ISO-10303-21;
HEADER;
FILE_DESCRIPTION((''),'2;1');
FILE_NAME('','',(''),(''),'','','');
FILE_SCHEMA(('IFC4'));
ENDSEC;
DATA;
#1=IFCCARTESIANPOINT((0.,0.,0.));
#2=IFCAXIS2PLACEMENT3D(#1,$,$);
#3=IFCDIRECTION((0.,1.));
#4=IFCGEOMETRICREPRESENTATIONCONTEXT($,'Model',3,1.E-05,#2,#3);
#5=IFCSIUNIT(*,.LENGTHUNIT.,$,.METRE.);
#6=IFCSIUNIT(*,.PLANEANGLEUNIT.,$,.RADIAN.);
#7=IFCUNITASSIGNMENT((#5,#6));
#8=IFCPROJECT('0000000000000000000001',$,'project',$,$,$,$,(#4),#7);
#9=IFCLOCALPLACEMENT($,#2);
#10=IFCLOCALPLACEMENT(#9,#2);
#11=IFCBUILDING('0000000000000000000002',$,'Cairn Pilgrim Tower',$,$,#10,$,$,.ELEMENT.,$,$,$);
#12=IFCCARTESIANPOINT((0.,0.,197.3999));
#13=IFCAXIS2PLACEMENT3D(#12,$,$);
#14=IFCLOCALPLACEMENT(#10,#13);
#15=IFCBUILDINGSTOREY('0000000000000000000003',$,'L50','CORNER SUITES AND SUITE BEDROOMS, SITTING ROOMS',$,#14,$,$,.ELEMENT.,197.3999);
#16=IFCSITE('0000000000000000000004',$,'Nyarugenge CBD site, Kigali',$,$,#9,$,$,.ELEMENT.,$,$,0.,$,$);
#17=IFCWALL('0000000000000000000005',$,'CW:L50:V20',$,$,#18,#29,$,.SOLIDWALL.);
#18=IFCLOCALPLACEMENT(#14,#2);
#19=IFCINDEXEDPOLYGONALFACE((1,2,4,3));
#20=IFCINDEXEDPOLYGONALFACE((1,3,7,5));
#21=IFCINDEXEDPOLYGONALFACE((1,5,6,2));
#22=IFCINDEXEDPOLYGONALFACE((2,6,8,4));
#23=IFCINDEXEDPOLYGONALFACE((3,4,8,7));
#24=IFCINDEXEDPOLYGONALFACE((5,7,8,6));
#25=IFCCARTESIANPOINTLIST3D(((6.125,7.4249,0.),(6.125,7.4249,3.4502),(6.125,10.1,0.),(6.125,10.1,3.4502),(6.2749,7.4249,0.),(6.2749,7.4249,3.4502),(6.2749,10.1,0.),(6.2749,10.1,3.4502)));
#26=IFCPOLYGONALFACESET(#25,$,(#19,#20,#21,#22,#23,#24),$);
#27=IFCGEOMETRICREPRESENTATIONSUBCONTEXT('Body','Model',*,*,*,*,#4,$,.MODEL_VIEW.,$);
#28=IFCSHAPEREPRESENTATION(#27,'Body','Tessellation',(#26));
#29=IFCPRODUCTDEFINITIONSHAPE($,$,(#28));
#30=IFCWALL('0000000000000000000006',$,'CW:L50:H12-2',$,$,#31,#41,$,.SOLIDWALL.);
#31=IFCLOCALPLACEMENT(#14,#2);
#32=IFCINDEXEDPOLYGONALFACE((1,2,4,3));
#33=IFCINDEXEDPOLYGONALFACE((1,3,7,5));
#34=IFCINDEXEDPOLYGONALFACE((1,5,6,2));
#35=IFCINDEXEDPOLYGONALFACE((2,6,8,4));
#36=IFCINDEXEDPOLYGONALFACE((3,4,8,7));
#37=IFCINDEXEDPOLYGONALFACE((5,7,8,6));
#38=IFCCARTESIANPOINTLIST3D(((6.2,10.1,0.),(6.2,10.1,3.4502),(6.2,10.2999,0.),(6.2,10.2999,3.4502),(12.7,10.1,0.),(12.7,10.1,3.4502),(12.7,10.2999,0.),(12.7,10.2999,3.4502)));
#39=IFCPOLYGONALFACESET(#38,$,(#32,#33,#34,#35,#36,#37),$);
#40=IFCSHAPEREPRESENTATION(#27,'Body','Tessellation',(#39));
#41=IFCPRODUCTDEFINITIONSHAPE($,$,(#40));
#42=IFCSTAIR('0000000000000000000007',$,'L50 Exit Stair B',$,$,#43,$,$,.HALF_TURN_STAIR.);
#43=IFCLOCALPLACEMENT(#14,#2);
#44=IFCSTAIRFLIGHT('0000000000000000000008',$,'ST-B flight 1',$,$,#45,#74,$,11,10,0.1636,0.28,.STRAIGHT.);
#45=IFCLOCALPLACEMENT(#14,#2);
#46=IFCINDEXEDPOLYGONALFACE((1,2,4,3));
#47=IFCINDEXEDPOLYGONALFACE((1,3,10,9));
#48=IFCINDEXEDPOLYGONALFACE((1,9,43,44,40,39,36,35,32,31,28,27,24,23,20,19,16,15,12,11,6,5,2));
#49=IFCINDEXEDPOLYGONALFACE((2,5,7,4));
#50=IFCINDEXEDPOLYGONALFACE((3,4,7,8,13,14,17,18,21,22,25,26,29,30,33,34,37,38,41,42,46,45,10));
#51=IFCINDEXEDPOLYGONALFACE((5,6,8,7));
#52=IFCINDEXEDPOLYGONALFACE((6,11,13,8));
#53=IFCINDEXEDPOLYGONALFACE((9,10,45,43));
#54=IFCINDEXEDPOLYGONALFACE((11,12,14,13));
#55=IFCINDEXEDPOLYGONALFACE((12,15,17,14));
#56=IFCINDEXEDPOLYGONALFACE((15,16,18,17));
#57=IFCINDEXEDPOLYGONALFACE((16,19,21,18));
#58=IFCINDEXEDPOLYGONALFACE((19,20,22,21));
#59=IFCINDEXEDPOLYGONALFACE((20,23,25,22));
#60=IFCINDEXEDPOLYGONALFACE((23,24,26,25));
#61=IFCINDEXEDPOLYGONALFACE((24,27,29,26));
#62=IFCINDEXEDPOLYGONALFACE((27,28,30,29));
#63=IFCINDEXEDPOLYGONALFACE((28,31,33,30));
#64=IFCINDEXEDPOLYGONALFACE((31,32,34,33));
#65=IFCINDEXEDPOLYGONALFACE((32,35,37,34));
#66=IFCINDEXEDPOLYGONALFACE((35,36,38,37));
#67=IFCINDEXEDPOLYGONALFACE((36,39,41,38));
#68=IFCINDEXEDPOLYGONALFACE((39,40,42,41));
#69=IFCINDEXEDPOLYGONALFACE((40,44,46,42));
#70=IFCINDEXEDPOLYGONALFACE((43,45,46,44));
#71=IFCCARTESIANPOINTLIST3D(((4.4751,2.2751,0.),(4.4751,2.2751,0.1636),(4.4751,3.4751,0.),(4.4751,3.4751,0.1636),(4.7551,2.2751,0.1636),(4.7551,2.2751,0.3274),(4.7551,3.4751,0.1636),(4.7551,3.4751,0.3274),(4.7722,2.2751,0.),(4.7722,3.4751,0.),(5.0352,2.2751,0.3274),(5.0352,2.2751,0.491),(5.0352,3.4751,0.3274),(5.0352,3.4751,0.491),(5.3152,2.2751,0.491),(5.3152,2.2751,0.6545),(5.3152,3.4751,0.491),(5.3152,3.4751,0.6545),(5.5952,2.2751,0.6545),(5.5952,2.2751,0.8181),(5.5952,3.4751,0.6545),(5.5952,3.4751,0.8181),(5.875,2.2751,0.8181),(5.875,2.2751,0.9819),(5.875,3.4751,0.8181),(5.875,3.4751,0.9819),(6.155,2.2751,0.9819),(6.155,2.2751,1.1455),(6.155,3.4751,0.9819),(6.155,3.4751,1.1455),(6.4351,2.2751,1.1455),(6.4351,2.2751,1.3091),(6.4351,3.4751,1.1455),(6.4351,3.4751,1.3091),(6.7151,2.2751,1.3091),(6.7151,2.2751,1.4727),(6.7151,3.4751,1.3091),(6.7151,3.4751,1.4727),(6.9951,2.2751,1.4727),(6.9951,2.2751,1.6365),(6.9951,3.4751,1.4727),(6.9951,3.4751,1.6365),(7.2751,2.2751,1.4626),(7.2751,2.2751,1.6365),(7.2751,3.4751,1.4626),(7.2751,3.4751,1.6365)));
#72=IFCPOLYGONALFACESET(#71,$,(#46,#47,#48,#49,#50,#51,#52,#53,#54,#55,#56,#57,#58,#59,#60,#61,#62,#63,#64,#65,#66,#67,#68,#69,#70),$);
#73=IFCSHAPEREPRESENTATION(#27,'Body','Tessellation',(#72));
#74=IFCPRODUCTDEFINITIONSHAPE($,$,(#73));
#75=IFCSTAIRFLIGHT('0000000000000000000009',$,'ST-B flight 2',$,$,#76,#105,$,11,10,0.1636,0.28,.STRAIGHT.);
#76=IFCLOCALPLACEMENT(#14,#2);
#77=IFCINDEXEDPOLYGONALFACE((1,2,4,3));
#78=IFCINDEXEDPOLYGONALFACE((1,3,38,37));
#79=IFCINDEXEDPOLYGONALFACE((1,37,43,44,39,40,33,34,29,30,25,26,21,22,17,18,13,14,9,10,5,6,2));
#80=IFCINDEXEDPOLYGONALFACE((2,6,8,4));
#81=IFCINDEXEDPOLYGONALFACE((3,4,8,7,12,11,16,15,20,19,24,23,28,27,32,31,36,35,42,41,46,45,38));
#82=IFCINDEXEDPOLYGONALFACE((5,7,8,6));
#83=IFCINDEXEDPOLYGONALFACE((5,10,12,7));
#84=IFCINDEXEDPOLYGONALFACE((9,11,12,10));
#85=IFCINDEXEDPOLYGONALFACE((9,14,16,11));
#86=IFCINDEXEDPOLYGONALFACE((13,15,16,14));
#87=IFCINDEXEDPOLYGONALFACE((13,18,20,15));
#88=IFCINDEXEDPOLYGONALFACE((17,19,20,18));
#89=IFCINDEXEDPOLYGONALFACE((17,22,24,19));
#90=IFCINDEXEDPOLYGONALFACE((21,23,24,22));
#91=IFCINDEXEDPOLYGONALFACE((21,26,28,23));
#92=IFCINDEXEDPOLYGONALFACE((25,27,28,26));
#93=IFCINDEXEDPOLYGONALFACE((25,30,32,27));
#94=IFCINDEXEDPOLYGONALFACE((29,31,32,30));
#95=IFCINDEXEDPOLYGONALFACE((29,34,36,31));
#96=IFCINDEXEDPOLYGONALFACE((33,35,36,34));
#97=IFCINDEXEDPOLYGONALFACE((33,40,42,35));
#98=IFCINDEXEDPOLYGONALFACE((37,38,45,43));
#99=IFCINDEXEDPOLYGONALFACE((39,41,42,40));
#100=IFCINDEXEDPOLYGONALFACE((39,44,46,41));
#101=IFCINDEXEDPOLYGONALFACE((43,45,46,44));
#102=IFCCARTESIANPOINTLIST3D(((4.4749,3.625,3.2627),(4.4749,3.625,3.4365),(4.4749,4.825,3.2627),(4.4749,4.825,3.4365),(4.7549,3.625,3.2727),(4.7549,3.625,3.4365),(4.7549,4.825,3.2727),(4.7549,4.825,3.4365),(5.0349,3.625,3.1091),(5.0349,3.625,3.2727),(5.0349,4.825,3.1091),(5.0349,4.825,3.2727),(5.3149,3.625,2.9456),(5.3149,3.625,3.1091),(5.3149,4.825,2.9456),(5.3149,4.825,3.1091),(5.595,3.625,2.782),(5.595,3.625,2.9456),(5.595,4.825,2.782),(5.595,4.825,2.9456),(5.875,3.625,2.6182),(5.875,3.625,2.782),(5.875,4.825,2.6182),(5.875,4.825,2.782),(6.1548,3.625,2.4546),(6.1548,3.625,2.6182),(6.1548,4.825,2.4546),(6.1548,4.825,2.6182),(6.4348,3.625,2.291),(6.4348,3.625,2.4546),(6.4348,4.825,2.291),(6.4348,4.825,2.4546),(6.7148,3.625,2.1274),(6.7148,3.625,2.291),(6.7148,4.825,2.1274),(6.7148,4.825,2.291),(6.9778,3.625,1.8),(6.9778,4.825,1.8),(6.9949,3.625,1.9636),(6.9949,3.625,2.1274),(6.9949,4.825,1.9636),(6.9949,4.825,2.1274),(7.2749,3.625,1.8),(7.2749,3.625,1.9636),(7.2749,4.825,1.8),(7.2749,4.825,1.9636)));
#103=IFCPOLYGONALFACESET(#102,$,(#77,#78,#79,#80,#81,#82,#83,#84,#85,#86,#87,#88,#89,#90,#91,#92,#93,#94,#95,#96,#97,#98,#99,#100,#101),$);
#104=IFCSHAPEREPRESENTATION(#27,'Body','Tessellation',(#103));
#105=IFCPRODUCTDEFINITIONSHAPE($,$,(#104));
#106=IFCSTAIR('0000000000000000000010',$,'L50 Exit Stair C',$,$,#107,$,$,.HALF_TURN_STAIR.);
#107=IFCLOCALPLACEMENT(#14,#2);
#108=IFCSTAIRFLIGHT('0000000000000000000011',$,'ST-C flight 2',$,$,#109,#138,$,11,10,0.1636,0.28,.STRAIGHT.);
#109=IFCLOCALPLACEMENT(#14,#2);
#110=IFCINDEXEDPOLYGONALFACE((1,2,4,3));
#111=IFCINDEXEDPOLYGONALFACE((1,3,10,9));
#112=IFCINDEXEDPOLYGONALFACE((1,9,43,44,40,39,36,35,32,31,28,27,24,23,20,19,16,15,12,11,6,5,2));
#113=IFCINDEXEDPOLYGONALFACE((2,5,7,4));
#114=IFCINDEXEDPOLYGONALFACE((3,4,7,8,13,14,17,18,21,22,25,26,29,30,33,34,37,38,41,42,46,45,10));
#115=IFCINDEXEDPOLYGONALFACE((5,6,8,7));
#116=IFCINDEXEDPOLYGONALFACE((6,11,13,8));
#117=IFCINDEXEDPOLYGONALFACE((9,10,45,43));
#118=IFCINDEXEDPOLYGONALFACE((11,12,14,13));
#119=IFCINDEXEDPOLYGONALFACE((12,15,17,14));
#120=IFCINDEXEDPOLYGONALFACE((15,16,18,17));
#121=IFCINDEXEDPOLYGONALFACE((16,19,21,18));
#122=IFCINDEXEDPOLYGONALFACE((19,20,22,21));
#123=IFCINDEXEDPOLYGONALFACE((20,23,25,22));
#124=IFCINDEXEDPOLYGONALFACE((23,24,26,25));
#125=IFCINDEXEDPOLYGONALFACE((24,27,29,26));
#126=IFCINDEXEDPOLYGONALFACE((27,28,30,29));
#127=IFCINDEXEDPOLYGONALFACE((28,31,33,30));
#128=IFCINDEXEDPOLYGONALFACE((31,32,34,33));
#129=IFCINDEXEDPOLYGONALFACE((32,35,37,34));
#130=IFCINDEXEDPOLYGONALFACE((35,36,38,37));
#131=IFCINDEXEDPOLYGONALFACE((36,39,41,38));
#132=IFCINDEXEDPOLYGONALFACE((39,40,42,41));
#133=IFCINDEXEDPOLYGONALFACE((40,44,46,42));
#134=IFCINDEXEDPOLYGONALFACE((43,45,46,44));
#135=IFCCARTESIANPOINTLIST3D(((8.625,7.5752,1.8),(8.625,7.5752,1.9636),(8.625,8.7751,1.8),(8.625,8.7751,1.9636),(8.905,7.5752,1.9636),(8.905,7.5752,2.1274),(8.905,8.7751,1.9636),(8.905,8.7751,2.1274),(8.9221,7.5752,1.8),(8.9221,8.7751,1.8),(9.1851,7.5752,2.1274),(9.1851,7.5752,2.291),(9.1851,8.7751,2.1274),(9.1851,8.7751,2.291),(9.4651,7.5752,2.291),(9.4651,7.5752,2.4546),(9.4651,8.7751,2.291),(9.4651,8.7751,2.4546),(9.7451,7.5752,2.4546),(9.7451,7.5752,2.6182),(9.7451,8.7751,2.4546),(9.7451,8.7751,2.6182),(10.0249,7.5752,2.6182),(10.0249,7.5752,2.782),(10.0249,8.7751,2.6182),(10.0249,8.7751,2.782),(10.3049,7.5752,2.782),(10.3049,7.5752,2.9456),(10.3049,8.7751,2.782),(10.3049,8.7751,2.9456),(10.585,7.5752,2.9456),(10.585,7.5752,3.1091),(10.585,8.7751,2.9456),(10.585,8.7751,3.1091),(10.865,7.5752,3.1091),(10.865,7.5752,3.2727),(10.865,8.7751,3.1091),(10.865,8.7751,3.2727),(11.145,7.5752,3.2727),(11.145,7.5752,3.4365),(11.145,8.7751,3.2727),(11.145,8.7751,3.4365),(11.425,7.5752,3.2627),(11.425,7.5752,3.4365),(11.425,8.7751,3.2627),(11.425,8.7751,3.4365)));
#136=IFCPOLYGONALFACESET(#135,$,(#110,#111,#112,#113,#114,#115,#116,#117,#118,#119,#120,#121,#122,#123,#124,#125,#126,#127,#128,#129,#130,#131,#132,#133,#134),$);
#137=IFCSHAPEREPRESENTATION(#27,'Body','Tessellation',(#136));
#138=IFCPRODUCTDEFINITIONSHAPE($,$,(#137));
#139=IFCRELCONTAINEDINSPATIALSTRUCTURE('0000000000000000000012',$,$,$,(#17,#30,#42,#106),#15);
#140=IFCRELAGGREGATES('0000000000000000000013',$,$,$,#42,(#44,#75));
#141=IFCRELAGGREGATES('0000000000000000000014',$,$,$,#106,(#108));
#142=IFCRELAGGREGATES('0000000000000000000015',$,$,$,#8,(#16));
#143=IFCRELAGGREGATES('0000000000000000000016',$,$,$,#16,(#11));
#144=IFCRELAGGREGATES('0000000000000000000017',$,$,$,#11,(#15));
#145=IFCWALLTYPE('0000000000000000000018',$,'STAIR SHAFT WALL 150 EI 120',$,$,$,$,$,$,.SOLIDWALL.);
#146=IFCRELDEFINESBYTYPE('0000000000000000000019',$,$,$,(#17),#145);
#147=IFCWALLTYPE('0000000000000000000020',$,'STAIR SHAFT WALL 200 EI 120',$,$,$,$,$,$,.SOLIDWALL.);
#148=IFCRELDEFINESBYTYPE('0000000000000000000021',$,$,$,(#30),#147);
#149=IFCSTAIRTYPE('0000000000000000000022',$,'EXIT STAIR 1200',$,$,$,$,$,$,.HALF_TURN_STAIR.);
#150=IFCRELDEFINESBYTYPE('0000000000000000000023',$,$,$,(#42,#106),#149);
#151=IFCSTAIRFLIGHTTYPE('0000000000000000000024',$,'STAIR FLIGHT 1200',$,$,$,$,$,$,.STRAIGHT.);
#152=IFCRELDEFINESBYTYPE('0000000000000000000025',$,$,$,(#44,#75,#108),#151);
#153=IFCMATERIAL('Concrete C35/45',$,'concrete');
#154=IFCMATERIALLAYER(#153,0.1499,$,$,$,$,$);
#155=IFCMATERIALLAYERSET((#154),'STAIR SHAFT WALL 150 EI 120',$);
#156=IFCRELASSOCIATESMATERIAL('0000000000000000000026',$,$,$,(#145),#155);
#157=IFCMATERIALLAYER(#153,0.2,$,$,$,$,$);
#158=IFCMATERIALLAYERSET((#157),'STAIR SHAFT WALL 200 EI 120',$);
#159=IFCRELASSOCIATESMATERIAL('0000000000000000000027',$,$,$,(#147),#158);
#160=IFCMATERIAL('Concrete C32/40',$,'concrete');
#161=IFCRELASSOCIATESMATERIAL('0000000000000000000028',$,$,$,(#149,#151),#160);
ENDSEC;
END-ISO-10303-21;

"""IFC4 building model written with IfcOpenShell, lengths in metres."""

from ifc_helpers import new_model, si_unit, direction, frame, frame_2d, origin, place, context, subcontext, project, spatial, polyline, rectangle, outline, extrude, material, layer, layer_set, type_object, element, aggregate, save


model = new_model("IFC4")

# Units and contexts
model_context = context("Model", 3, precision=1e-05, world=origin(), true_north=direction((0.0, 1.0)))
body_context = subcontext(model_context, "Body", "Model", "MODEL_VIEW")
ifc_project = project(units=[si_unit("LENGTHUNIT", "METRE"), si_unit("PLANEANGLEUNIT", "RADIAN")], contexts=[model_context])

# Site, building, storey
site_placement = place(None, origin())
site = spatial("IfcSite", under=ifc_project, at=site_placement, Name="Nyarugenge CBD site, Kigali", CompositionType="ELEMENT", RefElevation=0.0)
building_placement = place(site_placement, origin())
building = spatial("IfcBuilding", under=site, at=building_placement, Name="Cairn Pilgrim Tower", CompositionType="ELEMENT")
storey_placement = place(building_placement, frame((0.0, 0.0, 197.3999)))
storey = spatial("IfcBuildingStorey", under=building, at=storey_placement, Name="L50", Description="CORNER SUITES AND SUITE BEDROOMS, SITTING ROOMS", CompositionType="ELEMENT", Elevation=197.3999)

# Shared definitions
ifc_material_1 = material(Name="Concrete C32/40", Category="concrete")

# Shared definitions
ifc_material_2 = material(Name="Concrete C35/45", Category="concrete")
ifc_layer_1 = layer(ifc_material_2, 0.1499)
ifc_layer_set_1 = layer_set([ifc_layer_1], Name="STAIR SHAFT WALL 150 EI 120")
wall_type_1 = type_object("IfcWallType", Name="STAIR SHAFT WALL 150 EI 120", PredefinedType="SOLIDWALL", material=ifc_layer_set_1)

# Walls
wall_1_placement = place(storey_placement, frame((6.2, 7.425, 0.0), z_axis=(0.0, 0.0, 1.0), x_axis=(0.0, 1.0, 0.0)))
element("IfcWall", 1, at=wall_1_placement, inside=storey, type_object=wall_type_1, Name="CW:L50:V20", PredefinedType="SOLIDWALL", context=body_context, shape_type="SweptSolid", body=[
    extrude(rectangle(XDim=2.675, YDim=0.1499, at=frame_2d((1.3374, 0.0))), origin(), (0.0, 0.0, 1.0), 3.4502),
])
ifc_layer_2 = layer(ifc_material_2, 0.2)
ifc_layer_set_2 = layer_set([ifc_layer_2], Name="STAIR SHAFT WALL 200 EI 120")
wall_type_2 = type_object("IfcWallType", Name="STAIR SHAFT WALL 200 EI 120", PredefinedType="SOLIDWALL", material=ifc_layer_set_2)
wall_2_placement = place(storey_placement, frame((6.2, 10.2, 0.0), z_axis=(0.0, 0.0, 1.0), x_axis=(1.0, 0.0, 0.0)))
element("IfcWall", 2, at=wall_2_placement, inside=storey, type_object=wall_type_2, Name="CW:L50:H12-2", PredefinedType="SOLIDWALL", context=body_context, shape_type="SweptSolid", body=[
    extrude(rectangle(XDim=6.5, YDim=0.2, at=frame_2d((3.25, 0.0))), origin(), (0.0, 0.0, 1.0), 3.4502),
])

# Stair, stair flights
stair_type = type_object("IfcStairType", Name="EXIT STAIR 1200", PredefinedType="HALF_TURN_STAIR", material=ifc_material_1)
stair_1_placement = place(storey_placement, origin())
stair_1 = element("IfcStair", 3, at=stair_1_placement, inside=storey, type_object=stair_type, Name="L50 Exit Stair B", PredefinedType="HALF_TURN_STAIR")
stair_flight_type = type_object("IfcStairFlightType", Name="STAIR FLIGHT 1200", PredefinedType="STRAIGHT", material=ifc_material_1)
stair_flight_1_placement = place(storey_placement, frame((4.4751, 2.875, 0.0), z_axis=(0.0, 0.0, 1.0), x_axis=(1.0, 0.0, 0.0)))
stair_flight_1 = element("IfcStairFlight", 4, at=stair_flight_1_placement, type_object=stair_flight_type, Name="ST-B flight 1", NumberOfRisers=11, NumberOfTreads=10, PredefinedType="STRAIGHT", RiserHeight=0.1636, TreadLength=0.28, context=body_context, shape_type="SweptSolid", body=[
    extrude(outline(polyline([(0.0, 0.0), (0.0, 0.1636), (0.28, 0.1636), (0.28, 0.3274), (0.5601, 0.3274), (0.5601, 0.491), (0.8401, 0.491), (0.8401, 0.6545), (1.1201, 0.6545), (1.1201, 0.8181), (1.3999, 0.8181), (1.3999, 0.9819), (1.6799, 0.9819), (1.6799, 1.1455), (1.96, 1.1455), (1.96, 1.3091), (2.24, 1.3091), (2.24, 1.4727), (2.52, 1.4727), (2.52, 1.6365), (2.8, 1.6365), (2.8, 1.8), (2.8, 1.4626), (0.2971, 0.0), (0.0, 0.0)])), frame((0.0, 0.6001, 0.0), z_axis=(0.0, -1.0, 0.0), x_axis=(1.0, 0.0, 0.0)), (0.0, 0.0, 1.0), 1.2),
])
stair_flight_2_placement = place(storey_placement, frame((7.2749, 4.2251, 1.8), z_axis=(0.0, 0.0, 1.0), x_axis=(-1.0, 0.0, 0.0)))
stair_flight_2 = element("IfcStairFlight", 5, at=stair_flight_2_placement, type_object=stair_flight_type, Name="ST-B flight 2", NumberOfRisers=11, NumberOfTreads=10, PredefinedType="STRAIGHT", RiserHeight=0.1636, TreadLength=0.28, context=body_context, shape_type="SweptSolid", body=[
    extrude(outline(polyline([(0.0, 0.0), (0.0, 0.1636), (0.28, 0.1636), (0.28, 0.3274), (0.5601, 0.3274), (0.5601, 0.491), (0.8401, 0.491), (0.8401, 0.6545), (1.1201, 0.6545), (1.1201, 0.8181), (1.3999, 0.8181), (1.3999, 0.9819), (1.6799, 0.9819), (1.6799, 1.1455), (1.96, 1.1455), (1.96, 1.3091), (2.24, 1.3091), (2.24, 1.4727), (2.52, 1.4727), (2.52, 1.6365), (2.8, 1.6365), (2.8, 1.8), (2.8, 1.4626), (0.2971, 0.0), (0.0, 0.0)])), frame((0.0, 0.6001, 0.0), z_axis=(0.0, -1.0, 0.0), x_axis=(1.0, 0.0, 0.0)), (0.0, 0.0, 1.0), 1.2),
])
aggregate(stair_1, [stair_flight_1, stair_flight_2])

# Stair, stair flight
stair_2_placement = place(storey_placement, origin())
stair_2 = element("IfcStair", 6, at=stair_2_placement, inside=storey, type_object=stair_type, Name="L50 Exit Stair C", PredefinedType="HALF_TURN_STAIR")
stair_flight_3_placement = place(storey_placement, frame((8.625, 8.175, 1.8), z_axis=(0.0, 0.0, 1.0), x_axis=(1.0, 0.0, 0.0)))
stair_flight_3 = element("IfcStairFlight", 7, at=stair_flight_3_placement, type_object=stair_flight_type, Name="ST-C flight 2", NumberOfRisers=11, NumberOfTreads=10, PredefinedType="STRAIGHT", RiserHeight=0.1636, TreadLength=0.28, context=body_context, shape_type="SweptSolid", body=[
    extrude(outline(polyline([(0.0, 0.0), (0.0, 0.1636), (0.28, 0.1636), (0.28, 0.3274), (0.5601, 0.3274), (0.5601, 0.491), (0.8401, 0.491), (0.8401, 0.6545), (1.1201, 0.6545), (1.1201, 0.8181), (1.3999, 0.8181), (1.3999, 0.9819), (1.6799, 0.9819), (1.6799, 1.1455), (1.96, 1.1455), (1.96, 1.3091), (2.24, 1.3091), (2.24, 1.4727), (2.52, 1.4727), (2.52, 1.6365), (2.8, 1.6365), (2.8, 1.8), (2.8, 1.4626), (0.2971, 0.0), (0.0, 0.0)])), frame((0.0, 0.6001, 0.0), z_axis=(0.0, -1.0, 0.0), x_axis=(1.0, 0.0, 0.0)), (0.0, 0.0, 1.0), 1.2),
])
aggregate(stair_2, [stair_flight_3])

save(model, "model.ifc")
